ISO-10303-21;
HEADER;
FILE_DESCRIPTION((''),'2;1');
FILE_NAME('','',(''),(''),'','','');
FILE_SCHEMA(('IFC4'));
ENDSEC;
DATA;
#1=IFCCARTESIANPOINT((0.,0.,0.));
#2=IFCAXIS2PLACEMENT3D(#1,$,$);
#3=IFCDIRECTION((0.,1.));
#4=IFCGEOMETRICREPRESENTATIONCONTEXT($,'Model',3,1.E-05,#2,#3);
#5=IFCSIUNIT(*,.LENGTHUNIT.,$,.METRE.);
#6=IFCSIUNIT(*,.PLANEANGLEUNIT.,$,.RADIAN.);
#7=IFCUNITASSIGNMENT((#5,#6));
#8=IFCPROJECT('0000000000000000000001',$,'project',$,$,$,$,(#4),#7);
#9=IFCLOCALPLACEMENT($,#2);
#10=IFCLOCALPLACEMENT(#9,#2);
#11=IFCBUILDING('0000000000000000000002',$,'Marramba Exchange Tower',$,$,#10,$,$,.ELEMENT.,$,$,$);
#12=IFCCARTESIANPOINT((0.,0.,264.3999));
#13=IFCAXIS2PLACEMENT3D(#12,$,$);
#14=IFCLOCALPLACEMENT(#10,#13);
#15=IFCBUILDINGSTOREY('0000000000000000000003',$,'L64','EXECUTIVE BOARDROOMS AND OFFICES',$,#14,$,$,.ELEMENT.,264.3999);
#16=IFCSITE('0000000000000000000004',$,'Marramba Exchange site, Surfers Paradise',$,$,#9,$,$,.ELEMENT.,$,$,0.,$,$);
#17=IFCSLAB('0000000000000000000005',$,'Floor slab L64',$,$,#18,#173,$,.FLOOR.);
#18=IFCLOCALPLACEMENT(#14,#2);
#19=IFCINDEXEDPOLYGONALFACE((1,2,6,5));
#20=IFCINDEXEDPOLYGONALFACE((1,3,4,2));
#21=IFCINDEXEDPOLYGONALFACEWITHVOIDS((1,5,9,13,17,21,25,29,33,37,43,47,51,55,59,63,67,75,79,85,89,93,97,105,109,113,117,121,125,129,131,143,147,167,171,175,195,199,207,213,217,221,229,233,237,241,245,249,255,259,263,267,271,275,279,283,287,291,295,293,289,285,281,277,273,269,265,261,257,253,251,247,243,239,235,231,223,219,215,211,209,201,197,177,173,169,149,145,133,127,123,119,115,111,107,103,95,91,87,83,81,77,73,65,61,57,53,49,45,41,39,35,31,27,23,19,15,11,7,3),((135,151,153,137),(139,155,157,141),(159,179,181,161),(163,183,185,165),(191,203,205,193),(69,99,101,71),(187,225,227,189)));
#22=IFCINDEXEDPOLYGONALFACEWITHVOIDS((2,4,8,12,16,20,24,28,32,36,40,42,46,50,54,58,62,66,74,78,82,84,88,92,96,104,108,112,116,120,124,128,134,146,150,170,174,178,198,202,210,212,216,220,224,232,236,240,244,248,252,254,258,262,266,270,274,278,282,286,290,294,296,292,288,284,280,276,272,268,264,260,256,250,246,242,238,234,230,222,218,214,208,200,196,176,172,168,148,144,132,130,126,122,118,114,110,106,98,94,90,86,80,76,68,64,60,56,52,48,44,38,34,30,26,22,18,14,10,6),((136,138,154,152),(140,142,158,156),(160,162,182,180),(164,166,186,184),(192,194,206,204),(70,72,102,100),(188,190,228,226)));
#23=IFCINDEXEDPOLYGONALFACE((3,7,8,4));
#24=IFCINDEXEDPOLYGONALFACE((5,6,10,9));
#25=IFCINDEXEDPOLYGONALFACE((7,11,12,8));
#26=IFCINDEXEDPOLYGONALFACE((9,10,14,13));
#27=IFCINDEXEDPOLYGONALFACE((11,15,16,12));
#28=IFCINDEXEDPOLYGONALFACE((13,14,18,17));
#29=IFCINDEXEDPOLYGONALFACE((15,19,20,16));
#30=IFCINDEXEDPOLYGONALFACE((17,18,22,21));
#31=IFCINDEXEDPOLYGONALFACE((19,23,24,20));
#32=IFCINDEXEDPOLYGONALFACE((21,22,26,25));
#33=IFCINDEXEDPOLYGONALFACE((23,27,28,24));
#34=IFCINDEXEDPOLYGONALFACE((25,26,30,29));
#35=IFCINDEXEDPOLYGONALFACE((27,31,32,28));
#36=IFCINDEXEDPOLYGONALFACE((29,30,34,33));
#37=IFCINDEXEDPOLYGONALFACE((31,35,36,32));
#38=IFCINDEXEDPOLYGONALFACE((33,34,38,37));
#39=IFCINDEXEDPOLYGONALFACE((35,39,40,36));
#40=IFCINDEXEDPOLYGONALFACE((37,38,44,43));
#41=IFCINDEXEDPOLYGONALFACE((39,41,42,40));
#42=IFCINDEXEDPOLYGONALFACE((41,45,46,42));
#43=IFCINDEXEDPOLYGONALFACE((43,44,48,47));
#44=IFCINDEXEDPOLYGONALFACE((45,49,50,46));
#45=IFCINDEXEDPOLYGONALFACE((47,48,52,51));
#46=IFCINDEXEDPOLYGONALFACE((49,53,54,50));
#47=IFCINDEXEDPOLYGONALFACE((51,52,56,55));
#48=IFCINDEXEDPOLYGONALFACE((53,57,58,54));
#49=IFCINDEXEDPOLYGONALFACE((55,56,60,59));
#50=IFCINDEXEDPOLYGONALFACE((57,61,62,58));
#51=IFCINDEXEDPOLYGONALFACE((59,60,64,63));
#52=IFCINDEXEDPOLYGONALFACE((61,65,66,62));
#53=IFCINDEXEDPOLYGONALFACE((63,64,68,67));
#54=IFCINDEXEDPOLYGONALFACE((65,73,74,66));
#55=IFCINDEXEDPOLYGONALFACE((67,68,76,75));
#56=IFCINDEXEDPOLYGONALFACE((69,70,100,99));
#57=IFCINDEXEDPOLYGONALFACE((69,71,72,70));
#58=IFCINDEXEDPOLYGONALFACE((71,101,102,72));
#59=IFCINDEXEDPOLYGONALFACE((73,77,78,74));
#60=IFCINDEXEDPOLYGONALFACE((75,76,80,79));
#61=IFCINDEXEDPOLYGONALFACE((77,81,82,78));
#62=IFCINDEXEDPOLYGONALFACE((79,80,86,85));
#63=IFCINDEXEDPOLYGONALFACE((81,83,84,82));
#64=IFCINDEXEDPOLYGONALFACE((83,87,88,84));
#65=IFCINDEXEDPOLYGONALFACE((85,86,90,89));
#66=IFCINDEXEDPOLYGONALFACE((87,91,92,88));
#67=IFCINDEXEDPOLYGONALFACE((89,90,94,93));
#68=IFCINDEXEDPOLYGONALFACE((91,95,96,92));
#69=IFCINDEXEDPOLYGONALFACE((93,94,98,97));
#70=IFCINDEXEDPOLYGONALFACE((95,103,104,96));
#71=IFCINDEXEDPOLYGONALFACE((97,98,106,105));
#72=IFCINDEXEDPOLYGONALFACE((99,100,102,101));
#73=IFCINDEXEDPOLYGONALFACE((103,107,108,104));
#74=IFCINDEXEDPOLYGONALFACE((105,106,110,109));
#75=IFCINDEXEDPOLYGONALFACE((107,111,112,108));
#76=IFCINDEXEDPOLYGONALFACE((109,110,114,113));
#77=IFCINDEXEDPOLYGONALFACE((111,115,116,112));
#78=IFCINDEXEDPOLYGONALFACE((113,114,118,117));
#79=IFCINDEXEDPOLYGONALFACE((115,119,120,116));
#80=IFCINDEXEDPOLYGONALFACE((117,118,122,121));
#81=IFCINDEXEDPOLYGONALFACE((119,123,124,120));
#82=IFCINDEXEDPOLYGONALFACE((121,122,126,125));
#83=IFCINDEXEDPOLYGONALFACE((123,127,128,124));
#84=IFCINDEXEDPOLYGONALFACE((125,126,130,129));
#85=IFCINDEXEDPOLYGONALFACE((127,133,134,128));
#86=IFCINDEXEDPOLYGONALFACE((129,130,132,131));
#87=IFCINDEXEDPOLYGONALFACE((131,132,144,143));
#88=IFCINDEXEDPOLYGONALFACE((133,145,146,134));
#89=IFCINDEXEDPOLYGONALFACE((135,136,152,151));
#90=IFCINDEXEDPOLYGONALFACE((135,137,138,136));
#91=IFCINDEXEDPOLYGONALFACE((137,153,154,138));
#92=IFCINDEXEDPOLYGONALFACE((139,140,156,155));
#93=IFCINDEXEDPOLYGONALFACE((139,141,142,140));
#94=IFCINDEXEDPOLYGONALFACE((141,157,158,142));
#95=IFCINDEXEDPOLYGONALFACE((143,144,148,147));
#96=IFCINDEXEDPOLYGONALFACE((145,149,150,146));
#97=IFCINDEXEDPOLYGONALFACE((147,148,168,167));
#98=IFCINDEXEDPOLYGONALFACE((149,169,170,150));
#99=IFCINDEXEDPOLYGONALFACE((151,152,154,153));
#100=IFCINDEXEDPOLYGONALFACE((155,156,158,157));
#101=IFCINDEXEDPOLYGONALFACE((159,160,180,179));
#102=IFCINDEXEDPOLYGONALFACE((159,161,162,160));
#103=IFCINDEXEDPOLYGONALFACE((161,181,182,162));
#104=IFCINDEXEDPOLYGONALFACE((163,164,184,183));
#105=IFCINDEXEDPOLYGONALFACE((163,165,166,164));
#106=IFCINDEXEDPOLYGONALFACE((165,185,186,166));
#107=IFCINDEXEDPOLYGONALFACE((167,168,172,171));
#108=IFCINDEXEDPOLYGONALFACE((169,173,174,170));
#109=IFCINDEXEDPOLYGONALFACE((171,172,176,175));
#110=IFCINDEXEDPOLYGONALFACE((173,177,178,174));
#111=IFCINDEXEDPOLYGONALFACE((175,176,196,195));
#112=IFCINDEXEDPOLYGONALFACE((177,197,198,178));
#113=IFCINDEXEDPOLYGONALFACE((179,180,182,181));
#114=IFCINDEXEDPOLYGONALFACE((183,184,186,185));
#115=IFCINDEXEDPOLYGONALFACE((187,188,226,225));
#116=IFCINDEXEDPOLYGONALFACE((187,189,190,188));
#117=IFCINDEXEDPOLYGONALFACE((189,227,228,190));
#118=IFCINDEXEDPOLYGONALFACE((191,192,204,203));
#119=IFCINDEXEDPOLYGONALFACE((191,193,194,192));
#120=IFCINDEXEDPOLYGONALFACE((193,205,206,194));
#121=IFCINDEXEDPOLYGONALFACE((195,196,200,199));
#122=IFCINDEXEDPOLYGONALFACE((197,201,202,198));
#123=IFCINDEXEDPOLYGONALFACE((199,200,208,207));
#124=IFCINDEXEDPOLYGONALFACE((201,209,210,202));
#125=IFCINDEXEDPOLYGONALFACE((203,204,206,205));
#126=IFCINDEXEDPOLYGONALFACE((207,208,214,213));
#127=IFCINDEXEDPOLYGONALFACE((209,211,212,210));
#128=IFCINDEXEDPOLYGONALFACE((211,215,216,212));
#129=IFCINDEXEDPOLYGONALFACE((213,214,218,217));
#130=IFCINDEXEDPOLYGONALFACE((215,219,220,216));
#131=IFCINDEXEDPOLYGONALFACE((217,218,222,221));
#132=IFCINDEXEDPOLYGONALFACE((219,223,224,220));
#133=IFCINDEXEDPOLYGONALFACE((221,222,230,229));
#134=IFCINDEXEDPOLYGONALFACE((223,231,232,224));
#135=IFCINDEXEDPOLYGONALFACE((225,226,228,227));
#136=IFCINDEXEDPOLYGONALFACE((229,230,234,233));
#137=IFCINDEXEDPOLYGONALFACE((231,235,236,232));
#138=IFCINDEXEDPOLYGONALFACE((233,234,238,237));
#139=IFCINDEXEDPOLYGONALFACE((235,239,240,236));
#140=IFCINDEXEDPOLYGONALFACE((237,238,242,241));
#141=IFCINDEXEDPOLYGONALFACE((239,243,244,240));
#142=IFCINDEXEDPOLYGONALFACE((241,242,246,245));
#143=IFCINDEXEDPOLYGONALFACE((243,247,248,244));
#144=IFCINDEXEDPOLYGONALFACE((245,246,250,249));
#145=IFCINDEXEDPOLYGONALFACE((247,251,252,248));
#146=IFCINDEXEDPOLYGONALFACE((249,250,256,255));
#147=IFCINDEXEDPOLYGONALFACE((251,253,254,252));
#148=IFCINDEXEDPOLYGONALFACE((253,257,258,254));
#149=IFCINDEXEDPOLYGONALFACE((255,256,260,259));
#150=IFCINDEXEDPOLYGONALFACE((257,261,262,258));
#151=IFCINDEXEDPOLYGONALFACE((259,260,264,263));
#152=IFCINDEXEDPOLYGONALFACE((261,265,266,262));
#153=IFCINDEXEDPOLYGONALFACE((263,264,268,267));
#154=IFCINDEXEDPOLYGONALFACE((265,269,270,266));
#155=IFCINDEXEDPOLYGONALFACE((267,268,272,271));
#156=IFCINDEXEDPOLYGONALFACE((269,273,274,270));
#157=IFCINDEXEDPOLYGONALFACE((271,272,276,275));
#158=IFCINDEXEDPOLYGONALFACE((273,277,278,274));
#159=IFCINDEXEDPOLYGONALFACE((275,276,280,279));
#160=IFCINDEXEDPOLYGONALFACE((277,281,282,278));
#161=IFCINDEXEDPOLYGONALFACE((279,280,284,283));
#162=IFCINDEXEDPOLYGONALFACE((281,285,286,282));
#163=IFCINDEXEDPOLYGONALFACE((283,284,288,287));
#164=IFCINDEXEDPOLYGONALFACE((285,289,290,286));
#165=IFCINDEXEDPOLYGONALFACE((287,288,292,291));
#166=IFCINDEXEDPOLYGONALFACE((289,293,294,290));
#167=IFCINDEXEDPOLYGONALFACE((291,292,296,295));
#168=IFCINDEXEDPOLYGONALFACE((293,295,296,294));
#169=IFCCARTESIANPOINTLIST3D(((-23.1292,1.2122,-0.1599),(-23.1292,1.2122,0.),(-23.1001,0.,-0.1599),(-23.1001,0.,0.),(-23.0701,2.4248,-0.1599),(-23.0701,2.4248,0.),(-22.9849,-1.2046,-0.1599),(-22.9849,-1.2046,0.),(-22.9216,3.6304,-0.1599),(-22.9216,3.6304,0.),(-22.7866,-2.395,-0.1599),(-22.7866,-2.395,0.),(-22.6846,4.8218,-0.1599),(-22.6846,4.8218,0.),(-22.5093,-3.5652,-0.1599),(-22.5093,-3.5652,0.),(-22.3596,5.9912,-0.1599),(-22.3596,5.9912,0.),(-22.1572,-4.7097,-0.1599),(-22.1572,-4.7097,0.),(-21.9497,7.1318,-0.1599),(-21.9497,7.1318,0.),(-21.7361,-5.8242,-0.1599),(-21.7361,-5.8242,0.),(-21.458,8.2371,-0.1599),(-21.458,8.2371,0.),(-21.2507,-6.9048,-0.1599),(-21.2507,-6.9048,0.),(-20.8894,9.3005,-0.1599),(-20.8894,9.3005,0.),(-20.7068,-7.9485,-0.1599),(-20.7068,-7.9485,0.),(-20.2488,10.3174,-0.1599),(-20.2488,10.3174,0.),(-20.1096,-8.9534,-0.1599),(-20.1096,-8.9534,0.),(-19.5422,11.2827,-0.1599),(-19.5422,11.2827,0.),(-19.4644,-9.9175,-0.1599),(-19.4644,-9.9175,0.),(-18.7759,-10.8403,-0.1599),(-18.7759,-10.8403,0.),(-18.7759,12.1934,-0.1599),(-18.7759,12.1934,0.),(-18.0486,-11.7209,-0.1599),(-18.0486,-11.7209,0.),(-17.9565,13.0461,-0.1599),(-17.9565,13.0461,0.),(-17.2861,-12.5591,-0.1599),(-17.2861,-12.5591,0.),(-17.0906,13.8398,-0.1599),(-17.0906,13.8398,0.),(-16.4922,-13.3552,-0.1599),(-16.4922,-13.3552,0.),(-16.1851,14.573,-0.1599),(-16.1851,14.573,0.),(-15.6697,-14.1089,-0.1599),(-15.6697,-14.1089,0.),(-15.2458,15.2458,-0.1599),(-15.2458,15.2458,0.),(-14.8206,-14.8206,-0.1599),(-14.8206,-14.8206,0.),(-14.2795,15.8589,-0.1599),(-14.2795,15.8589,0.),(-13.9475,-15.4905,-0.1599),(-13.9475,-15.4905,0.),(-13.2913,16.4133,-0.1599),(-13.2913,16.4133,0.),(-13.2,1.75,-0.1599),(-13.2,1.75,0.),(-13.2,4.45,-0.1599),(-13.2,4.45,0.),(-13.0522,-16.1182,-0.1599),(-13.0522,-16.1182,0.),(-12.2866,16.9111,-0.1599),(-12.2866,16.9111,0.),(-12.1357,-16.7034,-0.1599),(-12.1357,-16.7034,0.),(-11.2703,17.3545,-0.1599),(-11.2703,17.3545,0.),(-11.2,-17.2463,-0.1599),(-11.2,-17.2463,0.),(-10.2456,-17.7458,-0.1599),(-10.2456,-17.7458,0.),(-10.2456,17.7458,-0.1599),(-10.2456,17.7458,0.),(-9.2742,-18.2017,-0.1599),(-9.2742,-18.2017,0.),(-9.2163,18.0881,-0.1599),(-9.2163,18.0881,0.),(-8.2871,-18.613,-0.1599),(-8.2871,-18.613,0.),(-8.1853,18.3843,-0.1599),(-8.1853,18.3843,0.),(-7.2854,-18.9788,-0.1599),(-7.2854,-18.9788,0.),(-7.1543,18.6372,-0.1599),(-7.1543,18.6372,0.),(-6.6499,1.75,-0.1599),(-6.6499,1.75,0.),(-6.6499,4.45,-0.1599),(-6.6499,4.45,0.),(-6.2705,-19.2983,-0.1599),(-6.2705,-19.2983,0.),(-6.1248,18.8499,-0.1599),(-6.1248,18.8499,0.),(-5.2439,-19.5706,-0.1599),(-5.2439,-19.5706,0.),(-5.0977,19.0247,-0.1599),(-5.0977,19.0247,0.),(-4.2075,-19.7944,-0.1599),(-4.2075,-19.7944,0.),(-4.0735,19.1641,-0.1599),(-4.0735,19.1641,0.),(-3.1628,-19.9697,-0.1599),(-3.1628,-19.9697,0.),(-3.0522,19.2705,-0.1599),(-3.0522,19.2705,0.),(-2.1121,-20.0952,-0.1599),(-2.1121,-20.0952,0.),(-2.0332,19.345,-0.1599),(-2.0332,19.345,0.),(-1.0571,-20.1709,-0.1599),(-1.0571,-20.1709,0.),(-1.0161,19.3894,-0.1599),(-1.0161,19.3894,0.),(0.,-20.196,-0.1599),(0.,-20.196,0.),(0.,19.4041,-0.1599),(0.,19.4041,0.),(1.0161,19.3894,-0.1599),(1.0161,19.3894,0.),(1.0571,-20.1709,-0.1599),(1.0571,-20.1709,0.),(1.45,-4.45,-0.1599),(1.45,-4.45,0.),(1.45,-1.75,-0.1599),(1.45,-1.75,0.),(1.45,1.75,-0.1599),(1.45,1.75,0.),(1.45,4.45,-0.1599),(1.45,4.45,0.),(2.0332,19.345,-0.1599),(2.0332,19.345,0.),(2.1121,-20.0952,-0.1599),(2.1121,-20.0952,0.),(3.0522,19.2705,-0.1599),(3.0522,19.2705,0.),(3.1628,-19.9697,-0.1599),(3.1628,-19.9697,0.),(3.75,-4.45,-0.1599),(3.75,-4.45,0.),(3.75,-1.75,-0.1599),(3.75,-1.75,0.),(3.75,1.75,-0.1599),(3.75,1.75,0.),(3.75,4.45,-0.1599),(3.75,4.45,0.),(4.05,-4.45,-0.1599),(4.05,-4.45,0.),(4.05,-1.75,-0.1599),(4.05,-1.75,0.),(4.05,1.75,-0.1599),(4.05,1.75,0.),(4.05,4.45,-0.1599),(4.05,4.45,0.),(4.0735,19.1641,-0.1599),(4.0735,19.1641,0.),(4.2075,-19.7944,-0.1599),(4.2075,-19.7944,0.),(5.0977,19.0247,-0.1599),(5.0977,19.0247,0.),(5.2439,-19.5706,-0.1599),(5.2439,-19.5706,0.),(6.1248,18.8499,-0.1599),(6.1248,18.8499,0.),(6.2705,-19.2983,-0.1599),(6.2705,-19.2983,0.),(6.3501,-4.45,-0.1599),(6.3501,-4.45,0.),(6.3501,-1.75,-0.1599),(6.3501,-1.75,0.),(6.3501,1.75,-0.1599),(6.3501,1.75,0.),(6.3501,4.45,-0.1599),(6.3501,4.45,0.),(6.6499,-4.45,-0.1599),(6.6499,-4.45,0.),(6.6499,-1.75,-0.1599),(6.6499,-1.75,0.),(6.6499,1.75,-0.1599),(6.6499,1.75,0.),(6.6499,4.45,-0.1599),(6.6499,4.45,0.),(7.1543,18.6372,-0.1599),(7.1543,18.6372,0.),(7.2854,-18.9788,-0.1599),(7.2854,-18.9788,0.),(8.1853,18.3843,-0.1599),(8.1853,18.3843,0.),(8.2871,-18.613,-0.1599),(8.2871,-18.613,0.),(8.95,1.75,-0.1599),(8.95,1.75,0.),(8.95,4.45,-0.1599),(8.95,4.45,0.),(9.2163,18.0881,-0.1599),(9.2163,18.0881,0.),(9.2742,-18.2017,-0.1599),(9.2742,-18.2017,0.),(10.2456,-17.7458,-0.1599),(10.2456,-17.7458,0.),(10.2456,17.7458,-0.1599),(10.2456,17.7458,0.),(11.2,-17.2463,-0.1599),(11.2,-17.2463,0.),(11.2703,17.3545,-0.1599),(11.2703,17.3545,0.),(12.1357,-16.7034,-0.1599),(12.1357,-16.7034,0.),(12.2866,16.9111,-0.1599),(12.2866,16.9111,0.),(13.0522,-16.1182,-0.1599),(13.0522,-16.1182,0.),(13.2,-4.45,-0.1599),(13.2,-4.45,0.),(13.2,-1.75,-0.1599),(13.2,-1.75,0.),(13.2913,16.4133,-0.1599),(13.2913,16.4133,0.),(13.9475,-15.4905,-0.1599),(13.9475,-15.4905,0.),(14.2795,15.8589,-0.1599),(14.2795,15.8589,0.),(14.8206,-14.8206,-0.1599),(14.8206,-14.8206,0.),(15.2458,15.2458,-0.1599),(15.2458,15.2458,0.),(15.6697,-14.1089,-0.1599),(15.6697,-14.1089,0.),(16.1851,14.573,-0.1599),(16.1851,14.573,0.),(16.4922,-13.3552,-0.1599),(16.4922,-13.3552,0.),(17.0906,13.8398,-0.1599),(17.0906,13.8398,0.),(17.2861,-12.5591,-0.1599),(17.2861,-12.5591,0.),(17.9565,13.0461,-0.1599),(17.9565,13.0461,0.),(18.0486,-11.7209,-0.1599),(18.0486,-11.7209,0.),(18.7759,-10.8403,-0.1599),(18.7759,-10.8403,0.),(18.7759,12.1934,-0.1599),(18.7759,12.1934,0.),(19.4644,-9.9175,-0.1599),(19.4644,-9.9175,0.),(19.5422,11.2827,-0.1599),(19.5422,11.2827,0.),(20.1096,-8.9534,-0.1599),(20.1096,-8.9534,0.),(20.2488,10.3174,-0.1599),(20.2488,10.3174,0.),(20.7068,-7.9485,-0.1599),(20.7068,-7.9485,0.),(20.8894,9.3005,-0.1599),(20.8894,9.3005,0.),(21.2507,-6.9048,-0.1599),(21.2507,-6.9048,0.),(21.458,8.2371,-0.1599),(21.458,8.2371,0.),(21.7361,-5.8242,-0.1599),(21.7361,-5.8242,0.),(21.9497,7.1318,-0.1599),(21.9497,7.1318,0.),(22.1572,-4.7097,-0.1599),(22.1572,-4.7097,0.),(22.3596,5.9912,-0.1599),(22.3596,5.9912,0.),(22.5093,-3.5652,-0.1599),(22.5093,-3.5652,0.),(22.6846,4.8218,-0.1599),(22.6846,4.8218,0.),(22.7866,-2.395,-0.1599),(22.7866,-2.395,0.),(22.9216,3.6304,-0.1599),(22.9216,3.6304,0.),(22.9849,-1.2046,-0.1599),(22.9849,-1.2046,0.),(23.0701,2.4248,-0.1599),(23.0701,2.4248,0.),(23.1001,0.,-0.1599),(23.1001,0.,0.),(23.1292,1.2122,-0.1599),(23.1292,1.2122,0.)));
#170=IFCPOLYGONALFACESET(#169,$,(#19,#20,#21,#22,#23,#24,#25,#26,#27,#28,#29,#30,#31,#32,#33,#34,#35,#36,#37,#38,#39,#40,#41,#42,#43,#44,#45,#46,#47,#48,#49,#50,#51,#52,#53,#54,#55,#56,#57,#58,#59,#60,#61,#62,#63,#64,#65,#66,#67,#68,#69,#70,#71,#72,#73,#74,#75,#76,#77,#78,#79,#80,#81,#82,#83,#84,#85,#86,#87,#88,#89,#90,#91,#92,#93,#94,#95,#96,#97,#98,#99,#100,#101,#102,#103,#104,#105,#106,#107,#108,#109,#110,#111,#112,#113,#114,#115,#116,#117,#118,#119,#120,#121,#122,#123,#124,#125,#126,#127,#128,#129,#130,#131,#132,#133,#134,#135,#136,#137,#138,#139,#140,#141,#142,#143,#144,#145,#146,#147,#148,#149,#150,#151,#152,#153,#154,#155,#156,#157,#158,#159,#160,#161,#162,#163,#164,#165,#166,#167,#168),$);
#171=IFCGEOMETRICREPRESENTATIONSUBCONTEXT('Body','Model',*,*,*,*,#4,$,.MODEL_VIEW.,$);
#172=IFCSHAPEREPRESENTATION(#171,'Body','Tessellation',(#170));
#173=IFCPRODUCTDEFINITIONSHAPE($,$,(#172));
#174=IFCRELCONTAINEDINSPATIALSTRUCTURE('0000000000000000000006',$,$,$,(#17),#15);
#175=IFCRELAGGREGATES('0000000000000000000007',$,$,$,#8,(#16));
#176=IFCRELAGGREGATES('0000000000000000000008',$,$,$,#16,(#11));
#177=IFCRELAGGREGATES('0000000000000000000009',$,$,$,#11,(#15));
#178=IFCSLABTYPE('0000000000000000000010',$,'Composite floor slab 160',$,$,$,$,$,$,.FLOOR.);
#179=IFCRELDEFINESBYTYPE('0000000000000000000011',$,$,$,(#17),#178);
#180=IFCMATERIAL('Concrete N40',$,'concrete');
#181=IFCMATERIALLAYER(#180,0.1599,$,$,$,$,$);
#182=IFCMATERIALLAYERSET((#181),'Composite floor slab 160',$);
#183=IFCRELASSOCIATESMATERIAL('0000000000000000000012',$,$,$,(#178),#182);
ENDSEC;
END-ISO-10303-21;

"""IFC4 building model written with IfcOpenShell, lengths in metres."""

from ifc_helpers import new_model, si_unit, direction, frame, origin, place, context, subcontext, project, spatial, polyline, outline, extrude, material, layer, layer_set, type_object, element, save


model = new_model("IFC4")

# Units and contexts
model_context = context("Model", 3, precision=1e-05, world=origin(), true_north=direction((0.0, 1.0)))
body_context = subcontext(model_context, "Body", "Model", "MODEL_VIEW")
ifc_project = project(units=[si_unit("LENGTHUNIT", "METRE"), si_unit("PLANEANGLEUNIT", "RADIAN")], contexts=[model_context])

# Site, building, storey
site_placement = place(None, origin())
site = spatial("IfcSite", under=ifc_project, at=site_placement, Name="Marramba Exchange site, Surfers Paradise", CompositionType="ELEMENT", RefElevation=0.0)
building_placement = place(site_placement, origin())
building = spatial("IfcBuilding", under=site, at=building_placement, Name="Marramba Exchange Tower", CompositionType="ELEMENT")
storey_placement = place(building_placement, frame((0.0, 0.0, 264.3999)))
storey = spatial("IfcBuildingStorey", under=building, at=storey_placement, Name="L64", Description="EXECUTIVE BOARDROOMS AND OFFICES", CompositionType="ELEMENT", Elevation=264.3999)

# Slab
ifc_material_1 = material(Name="Concrete N40", Category="concrete")
ifc_layer_1 = layer(ifc_material_1, 0.1599)
ifc_layer_set_1 = layer_set([ifc_layer_1], Name="Composite floor slab 160")
slab_type = type_object("IfcSlabType", Name="Composite floor slab 160", PredefinedType="FLOOR", material=ifc_layer_set_1)
slab_placement = place(storey_placement, frame((0.0, 0.0, -0.1599)))
element("IfcSlab", 1, at=slab_placement, inside=storey, type_object=slab_type, Name="Floor slab L64", PredefinedType="FLOOR", context=body_context, shape_type="SweptSolid", body=[
    extrude(outline(polyline([(23.1001, 0.0), (23.1292, 1.2122), (23.0701, 2.4248), (22.9216, 3.6304), (22.6846, 4.8218), (22.3596, 5.9912), (21.9497, 7.1318), (21.458, 8.2371), (20.8894, 9.3005), (20.2488, 10.3174), (19.5422, 11.2827), (18.7759, 12.1934), (17.9565, 13.0461), (17.0906, 13.8398), (16.1851, 14.573), (15.2458, 15.2458), (14.2795, 15.8589), (13.2913, 16.4133), (12.2866, 16.9111), (11.2703, 17.3545), (10.2456, 17.7458), (9.2163, 18.0881), (8.1853, 18.3843), (7.1543, 18.6372), (6.1248, 18.8499), (5.0977, 19.0247), (4.0735, 19.1641), (3.0522, 19.2705), (2.0332, 19.345), (1.0161, 19.3894), (0.0, 19.4041), (-1.0161, 19.3894), (-2.0332, 19.345), (-3.0522, 19.2705), (-4.0735, 19.1641), (-5.0977, 19.0247), (-6.1248, 18.8499), (-7.1543, 18.6372), (-8.1853, 18.3843), (-9.2163, 18.0881), (-10.2456, 17.7458), (-11.2703, 17.3545), (-12.2866, 16.9111), (-13.2913, 16.4133), (-14.2795, 15.8589), (-15.2458, 15.2458), (-16.1851, 14.573), (-17.0906, 13.8398), (-17.9565, 13.0461), (-18.7759, 12.1934), (-19.5422, 11.2827), (-20.2488, 10.3174), (-20.8894, 9.3005), (-21.458, 8.2371), (-21.9497, 7.1318), (-22.3596, 5.9912), (-22.6846, 4.8218), (-22.9216, 3.6304), (-23.0701, 2.4248), (-23.1292, 1.2122), (-23.1001, 0.0), (-22.9849, -1.2046), (-22.7866, -2.395), (-22.5093, -3.5652), (-22.1572, -4.7097), (-21.7361, -5.8242), (-21.2507, -6.9048), (-20.7068, -7.9485), (-20.1096, -8.9534), (-19.4644, -9.9175), (-18.7759, -10.8403), (-18.0486, -11.7209), (-17.2861, -12.5591), (-16.4922, -13.3552), (-15.6697, -14.1089), (-14.8206, -14.8206), (-13.9475, -15.4905), (-13.0522, -16.1182), (-12.1357, -16.7034), (-11.2, -17.2463), (-10.2456, -17.7458), (-9.2742, -18.2017), (-8.2871, -18.613), (-7.2854, -18.9788), (-6.2705, -19.2983), (-5.2439, -19.5706), (-4.2075, -19.7944), (-3.1628, -19.9697), (-2.1121, -20.0952), (-1.0571, -20.1709), (0.0, -20.196), (1.0571, -20.1709), (2.1121, -20.0952), (3.1628, -19.9697), (4.2075, -19.7944), (5.2439, -19.5706), (6.2705, -19.2983), (7.2854, -18.9788), (8.2871, -18.613), (9.2742, -18.2017), (10.2456, -17.7458), (11.2, -17.2463), (12.1357, -16.7034), (13.0522, -16.1182), (13.9475, -15.4905), (14.8206, -14.8206), (15.6697, -14.1089), (16.4922, -13.3552), (17.2861, -12.5591), (18.0486, -11.7209), (18.7759, -10.8403), (19.4644, -9.9175), (20.1096, -8.9534), (20.7068, -7.9485), (21.2507, -6.9048), (21.7361, -5.8242), (22.1572, -4.7097), (22.5093, -3.5652), (22.7866, -2.395), (22.9849, -1.2046), (23.1001, 0.0)]), holes=[polyline([(1.45, 1.75), (3.75, 1.75), (3.75, 4.45), (1.45, 4.45), (1.45, 1.75)]), polyline([(4.05, 1.75), (6.3501, 1.75), (6.3501, 4.45), (4.05, 4.45), (4.05, 1.75)]), polyline([(1.45, -4.45), (3.75, -4.45), (3.75, -1.75), (1.45, -1.75), (1.45, -4.45)]), polyline([(4.05, -4.45), (6.3501, -4.45), (6.3501, -1.75), (4.05, -1.75), (4.05, -4.45)]), polyline([(6.6499, 1.75), (8.95, 1.75), (8.95, 4.45), (6.6499, 4.45), (6.6499, 1.75)]), polyline([(-13.2, 1.75), (-6.6499, 1.75), (-6.6499, 4.45), (-13.2, 4.45), (-13.2, 1.75)]), polyline([(6.6499, -4.45), (13.2, -4.45), (13.2, -1.75), (6.6499, -1.75), (6.6499, -4.45)])]), origin(), (0.0, 0.0, 1.0), 0.1599),
])

save(model, "model.ifc")
